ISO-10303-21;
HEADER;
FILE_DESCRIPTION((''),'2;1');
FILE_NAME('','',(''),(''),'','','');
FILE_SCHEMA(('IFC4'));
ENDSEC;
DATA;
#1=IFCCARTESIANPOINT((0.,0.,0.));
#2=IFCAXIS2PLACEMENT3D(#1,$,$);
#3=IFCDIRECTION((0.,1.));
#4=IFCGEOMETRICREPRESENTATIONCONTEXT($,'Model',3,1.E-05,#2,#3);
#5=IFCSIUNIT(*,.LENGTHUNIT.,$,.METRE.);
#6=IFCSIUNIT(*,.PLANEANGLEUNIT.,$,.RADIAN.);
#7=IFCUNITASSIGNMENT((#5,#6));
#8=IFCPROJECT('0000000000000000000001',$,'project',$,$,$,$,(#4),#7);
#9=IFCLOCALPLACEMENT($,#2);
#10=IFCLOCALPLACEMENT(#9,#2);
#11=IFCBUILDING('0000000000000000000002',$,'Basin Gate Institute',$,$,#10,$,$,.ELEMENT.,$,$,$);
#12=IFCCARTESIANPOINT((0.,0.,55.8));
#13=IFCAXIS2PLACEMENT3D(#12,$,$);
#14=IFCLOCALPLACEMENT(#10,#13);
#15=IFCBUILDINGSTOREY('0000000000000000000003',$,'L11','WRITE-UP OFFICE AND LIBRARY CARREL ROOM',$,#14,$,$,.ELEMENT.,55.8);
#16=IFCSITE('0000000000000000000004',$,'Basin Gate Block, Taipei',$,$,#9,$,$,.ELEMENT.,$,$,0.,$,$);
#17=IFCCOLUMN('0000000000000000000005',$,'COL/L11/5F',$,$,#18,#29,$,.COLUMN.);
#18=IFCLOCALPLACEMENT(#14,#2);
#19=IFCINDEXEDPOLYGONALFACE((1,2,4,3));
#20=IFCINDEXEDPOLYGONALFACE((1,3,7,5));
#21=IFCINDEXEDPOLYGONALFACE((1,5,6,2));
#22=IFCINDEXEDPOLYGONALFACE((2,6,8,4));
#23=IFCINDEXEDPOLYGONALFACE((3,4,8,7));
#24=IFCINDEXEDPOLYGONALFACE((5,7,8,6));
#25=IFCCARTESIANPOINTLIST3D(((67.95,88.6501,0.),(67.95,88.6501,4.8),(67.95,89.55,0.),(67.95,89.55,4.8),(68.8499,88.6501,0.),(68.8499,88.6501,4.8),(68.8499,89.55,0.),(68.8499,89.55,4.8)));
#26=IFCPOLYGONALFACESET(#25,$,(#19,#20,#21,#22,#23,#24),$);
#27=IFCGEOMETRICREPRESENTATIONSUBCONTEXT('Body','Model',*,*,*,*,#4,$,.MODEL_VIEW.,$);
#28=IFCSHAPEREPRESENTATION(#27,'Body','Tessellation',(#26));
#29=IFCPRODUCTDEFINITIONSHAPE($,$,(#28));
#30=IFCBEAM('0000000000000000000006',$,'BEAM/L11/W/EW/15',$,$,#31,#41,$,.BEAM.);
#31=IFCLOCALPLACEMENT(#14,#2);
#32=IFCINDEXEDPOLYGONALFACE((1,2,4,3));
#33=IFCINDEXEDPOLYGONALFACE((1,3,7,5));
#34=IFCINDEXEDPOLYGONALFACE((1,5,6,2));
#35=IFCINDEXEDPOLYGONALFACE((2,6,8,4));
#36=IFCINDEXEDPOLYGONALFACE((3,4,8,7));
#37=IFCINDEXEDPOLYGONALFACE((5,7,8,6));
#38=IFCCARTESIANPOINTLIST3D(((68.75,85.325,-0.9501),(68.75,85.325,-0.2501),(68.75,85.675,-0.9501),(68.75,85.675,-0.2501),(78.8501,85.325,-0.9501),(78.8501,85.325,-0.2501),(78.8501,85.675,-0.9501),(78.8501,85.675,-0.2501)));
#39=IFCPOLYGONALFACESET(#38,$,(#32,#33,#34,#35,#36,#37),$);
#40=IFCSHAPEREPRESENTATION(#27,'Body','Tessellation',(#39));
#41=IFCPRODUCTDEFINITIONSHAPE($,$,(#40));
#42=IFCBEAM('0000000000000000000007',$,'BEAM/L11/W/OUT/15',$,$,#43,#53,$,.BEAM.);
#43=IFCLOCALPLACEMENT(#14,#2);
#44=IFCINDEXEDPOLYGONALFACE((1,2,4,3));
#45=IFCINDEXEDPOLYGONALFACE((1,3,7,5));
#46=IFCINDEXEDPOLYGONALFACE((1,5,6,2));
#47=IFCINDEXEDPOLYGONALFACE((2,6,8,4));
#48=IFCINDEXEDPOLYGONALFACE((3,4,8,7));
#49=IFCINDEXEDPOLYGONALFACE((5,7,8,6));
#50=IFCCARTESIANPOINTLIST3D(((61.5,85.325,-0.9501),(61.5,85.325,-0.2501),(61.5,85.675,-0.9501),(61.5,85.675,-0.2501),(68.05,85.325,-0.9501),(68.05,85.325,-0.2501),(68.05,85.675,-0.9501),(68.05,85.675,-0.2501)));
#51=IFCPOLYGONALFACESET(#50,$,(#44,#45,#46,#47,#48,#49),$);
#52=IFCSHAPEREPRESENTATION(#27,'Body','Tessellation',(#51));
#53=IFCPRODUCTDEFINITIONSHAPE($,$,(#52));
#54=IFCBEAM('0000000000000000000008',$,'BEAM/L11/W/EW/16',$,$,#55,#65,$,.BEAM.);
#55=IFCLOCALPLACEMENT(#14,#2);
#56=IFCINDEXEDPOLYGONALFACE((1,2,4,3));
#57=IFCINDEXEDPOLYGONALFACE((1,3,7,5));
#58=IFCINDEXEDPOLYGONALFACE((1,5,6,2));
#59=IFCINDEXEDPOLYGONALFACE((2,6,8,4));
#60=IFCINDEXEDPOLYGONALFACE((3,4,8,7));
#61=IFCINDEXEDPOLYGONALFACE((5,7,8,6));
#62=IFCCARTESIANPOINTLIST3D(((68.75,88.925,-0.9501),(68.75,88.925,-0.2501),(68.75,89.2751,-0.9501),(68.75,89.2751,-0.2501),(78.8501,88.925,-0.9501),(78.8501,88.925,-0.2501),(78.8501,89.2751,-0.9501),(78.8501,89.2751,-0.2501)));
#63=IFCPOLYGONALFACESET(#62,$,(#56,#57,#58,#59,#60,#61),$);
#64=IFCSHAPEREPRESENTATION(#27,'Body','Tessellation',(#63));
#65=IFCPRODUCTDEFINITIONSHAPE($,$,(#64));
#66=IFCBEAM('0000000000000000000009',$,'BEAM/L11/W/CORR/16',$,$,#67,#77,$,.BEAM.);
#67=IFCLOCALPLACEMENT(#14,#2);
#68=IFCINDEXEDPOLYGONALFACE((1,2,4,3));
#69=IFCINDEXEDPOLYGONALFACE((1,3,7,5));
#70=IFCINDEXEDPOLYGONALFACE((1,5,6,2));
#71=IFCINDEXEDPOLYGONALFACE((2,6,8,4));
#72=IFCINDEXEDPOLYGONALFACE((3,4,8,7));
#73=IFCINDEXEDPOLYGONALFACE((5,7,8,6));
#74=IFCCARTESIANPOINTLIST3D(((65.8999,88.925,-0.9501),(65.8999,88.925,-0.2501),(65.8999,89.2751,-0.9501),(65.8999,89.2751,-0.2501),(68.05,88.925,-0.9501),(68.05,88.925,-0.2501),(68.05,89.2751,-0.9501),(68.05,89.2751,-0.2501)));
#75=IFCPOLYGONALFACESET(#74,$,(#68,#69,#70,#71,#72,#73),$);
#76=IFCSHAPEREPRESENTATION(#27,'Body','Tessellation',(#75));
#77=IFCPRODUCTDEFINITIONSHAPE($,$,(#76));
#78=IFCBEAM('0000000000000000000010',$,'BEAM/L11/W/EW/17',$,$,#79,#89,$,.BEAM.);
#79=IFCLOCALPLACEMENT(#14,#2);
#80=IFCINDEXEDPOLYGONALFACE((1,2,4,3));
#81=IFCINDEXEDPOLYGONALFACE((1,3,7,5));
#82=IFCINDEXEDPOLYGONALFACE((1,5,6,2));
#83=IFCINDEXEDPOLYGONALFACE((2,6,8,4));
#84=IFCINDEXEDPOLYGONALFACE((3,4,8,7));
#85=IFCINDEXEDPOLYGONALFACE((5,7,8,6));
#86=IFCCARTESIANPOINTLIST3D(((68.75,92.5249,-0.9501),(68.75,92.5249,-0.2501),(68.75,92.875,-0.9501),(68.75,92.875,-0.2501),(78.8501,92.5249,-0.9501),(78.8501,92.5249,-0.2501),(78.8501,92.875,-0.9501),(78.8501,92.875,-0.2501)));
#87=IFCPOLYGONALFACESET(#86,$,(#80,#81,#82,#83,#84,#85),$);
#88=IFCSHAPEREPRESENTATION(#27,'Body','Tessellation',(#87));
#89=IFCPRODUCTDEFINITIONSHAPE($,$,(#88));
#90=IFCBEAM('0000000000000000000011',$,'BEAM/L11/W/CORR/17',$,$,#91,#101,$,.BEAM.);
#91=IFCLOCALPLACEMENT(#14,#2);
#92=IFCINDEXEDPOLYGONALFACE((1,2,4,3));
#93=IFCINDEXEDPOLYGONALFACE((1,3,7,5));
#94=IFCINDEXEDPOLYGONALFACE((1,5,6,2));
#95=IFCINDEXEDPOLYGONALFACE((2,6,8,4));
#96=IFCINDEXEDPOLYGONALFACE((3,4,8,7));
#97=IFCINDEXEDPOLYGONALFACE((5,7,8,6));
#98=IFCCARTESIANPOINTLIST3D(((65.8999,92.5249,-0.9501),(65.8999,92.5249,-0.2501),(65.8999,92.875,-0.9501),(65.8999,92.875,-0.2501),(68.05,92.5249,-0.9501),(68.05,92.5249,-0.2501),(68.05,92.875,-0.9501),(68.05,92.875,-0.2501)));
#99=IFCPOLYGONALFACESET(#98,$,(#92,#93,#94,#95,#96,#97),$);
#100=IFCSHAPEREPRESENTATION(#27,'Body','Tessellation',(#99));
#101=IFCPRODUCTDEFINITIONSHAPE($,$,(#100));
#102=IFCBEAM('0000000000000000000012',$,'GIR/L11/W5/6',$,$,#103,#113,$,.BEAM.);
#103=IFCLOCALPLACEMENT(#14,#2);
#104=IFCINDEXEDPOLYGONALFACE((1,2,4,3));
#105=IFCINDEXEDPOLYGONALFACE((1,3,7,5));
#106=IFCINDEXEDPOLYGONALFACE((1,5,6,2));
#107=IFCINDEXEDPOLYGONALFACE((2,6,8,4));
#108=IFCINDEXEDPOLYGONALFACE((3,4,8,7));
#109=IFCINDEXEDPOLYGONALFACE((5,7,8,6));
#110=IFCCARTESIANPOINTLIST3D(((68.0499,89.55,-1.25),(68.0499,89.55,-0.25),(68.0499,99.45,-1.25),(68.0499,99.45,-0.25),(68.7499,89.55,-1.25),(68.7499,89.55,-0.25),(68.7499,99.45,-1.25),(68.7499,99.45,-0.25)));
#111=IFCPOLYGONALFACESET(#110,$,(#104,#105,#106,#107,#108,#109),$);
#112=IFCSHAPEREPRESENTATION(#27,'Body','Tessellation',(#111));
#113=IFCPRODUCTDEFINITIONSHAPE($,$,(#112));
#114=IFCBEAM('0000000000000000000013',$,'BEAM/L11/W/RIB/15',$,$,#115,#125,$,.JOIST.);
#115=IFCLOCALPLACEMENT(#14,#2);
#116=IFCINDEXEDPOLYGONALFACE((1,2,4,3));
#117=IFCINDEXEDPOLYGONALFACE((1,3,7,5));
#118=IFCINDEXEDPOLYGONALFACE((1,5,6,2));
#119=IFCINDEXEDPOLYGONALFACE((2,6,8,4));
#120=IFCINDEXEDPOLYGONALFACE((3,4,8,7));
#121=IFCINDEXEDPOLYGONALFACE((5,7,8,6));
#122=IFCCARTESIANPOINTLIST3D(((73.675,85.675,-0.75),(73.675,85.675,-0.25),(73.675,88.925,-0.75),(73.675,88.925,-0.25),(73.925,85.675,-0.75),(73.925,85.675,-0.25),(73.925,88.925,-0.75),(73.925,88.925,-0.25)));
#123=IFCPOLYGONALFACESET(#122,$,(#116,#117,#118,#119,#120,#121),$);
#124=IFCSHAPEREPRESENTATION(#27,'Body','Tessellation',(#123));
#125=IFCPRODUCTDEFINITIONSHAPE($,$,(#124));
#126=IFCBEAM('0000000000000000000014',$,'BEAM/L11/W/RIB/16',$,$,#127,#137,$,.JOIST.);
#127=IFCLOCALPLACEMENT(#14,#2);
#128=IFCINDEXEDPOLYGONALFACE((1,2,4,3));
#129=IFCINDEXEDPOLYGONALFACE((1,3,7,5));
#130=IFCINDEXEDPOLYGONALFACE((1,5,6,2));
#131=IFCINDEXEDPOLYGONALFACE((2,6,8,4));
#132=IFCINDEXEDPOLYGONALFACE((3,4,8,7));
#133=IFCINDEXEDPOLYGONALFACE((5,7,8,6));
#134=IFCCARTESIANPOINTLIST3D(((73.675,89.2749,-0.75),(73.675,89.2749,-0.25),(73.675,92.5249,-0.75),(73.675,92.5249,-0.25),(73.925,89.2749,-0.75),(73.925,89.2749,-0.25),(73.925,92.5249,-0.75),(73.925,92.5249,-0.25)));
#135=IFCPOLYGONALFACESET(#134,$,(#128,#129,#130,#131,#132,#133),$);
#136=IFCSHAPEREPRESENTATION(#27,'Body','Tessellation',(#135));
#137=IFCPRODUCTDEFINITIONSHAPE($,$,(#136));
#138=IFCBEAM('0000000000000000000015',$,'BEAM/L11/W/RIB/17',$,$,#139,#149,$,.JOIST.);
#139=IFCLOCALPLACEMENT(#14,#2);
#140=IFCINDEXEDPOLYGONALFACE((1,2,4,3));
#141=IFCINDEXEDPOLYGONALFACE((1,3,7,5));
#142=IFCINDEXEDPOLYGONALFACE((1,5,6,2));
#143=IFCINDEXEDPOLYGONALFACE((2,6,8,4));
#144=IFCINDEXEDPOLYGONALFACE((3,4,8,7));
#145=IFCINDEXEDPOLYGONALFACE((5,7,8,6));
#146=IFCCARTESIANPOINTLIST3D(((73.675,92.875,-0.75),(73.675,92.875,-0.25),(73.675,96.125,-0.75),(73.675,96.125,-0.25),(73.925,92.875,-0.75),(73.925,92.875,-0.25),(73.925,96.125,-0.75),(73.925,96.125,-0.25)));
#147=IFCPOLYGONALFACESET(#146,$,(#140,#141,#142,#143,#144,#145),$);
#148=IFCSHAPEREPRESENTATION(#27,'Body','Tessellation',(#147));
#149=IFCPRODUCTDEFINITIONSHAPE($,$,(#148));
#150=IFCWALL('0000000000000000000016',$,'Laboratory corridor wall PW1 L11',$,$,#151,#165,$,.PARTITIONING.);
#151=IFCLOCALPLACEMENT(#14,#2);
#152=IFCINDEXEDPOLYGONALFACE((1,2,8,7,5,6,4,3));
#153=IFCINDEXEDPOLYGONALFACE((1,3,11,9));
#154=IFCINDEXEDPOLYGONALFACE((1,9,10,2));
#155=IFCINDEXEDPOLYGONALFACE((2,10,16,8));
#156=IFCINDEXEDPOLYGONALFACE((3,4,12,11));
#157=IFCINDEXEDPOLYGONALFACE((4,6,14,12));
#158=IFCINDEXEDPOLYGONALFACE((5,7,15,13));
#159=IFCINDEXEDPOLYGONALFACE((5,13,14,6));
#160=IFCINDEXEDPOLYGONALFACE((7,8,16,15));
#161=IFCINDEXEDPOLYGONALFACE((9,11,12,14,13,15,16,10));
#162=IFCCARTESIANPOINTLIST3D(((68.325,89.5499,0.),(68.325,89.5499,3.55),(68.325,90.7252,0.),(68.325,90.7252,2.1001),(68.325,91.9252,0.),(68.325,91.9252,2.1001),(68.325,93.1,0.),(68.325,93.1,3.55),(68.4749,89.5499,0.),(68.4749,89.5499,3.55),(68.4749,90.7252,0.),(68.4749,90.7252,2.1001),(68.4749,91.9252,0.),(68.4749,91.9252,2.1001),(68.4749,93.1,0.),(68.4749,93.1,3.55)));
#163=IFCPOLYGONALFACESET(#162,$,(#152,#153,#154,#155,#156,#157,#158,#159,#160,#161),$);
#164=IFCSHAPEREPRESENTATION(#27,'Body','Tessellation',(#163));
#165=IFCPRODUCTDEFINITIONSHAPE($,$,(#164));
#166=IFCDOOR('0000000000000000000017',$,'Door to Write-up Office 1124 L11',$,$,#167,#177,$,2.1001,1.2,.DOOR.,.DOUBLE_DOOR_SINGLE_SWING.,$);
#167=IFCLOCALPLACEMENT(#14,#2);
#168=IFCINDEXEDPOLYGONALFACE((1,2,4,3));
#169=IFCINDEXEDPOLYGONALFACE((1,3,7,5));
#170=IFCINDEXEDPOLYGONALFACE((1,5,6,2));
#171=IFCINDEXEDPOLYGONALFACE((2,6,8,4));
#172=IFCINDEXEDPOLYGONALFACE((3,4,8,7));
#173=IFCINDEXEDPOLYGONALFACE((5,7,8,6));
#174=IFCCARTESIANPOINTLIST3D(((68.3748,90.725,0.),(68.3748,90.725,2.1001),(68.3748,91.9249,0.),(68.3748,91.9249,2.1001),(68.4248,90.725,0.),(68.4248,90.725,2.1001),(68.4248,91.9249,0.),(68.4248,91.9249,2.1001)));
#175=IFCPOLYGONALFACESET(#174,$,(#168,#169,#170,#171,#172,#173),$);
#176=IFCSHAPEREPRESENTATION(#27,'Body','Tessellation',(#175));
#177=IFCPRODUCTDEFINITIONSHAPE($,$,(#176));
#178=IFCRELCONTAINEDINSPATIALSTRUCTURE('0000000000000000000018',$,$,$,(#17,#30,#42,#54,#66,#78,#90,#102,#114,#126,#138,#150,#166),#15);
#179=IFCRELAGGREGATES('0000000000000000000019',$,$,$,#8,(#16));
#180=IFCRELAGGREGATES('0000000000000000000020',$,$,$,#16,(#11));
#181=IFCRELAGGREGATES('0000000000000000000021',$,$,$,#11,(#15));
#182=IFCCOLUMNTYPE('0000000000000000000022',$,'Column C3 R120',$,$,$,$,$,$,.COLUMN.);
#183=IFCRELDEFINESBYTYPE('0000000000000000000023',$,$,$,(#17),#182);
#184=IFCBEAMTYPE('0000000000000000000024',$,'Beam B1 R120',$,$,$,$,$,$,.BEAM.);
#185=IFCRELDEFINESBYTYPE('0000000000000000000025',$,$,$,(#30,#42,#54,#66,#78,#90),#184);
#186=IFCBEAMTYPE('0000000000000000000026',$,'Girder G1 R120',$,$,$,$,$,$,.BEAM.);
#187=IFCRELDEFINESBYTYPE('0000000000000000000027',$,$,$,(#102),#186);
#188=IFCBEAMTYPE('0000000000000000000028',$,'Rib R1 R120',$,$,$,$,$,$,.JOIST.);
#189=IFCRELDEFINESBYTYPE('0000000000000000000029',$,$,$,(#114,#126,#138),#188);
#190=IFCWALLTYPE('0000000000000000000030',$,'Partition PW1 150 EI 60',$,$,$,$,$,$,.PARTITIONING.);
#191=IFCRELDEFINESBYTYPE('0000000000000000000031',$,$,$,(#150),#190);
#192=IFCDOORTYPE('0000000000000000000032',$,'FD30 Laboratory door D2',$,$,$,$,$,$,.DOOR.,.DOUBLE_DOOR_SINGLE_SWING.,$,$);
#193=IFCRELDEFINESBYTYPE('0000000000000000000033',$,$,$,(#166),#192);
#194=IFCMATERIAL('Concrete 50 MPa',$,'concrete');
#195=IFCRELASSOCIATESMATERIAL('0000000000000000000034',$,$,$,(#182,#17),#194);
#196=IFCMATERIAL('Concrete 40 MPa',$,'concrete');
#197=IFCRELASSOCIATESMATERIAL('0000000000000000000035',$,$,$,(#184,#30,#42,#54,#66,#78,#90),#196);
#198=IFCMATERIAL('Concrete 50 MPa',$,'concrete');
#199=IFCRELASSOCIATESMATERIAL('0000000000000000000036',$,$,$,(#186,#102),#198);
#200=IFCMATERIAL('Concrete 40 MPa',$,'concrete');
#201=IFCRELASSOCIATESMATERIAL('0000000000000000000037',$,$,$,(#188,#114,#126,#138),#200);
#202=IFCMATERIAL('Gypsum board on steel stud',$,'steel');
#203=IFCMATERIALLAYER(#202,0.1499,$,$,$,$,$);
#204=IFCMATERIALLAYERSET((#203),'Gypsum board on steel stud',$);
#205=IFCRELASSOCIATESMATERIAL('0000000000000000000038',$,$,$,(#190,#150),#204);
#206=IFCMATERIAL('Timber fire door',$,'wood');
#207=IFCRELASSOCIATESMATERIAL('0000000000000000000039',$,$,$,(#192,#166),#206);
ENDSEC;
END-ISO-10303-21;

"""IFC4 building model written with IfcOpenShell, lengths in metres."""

from ifc_helpers import new_model, si_unit, direction, frame, frame_2d, origin, origin_2d, place, context, subcontext, project, spatial, rectangle, extrude, material, layer, layer_set, material_profile, profile_set, type_object, element, fill, save


model = new_model("IFC4")

# Units and contexts
model_context = context("Model", 3, precision=1e-05, world=origin(), true_north=direction((0.0, 1.0)))
body_context = subcontext(model_context, "Body", "Model", "MODEL_VIEW")
ifc_project = project(units=[si_unit("LENGTHUNIT", "METRE"), si_unit("PLANEANGLEUNIT", "RADIAN")], contexts=[model_context])

# Site, building, storey
site_placement = place(None, origin())
site = spatial("IfcSite", under=ifc_project, at=site_placement, Name="Basin Gate Block, Taipei", CompositionType="ELEMENT", RefElevation=0.0)
building_placement = place(site_placement, origin())
building = spatial("IfcBuilding", under=site, at=building_placement, Name="Basin Gate Institute", CompositionType="ELEMENT")
storey_placement = place(building_placement, frame((0.0, 0.0, 55.8)))
storey = spatial("IfcBuildingStorey", under=building, at=storey_placement, Name="L11", Description="WRITE-UP OFFICE AND LIBRARY CARREL ROOM", CompositionType="ELEMENT", Elevation=55.8)

# Column
ifc_material_1 = material(Name="Concrete 50 MPa", Category="concrete")
ifc_material_profile_1 = material_profile(ifc_material_1, rectangle(XDim=0.8999, YDim=0.8999, at=origin_2d()), Name="Column C3 900 x 900")
ifc_profile_set_1 = profile_set([ifc_material_profile_1], Name="Concrete 50 MPa")
column_type = type_object("IfcColumnType", Name="Column C3 R120", PredefinedType="COLUMN", material=ifc_profile_set_1)
column_placement = place(storey_placement, frame((68.3999, 89.1001, 0.0), z_axis=(0.0, 0.0, 1.0), x_axis=(1.0, 0.0, 0.0)))
element("IfcColumn", 1, at=column_placement, inside=storey, type_object=column_type, material=ifc_profile_set_1, Name="COL/L11/5F", PredefinedType="COLUMN", context=body_context, shape_type="SweptSolid", body=[
    extrude(rectangle(XDim=0.8999, YDim=0.8999, at=origin_2d()), origin(), (0.0, 0.0, 1.0), 4.8),
])

# Beams
ifc_material_2 = material(Name="Concrete 40 MPa", Category="concrete")
ifc_material_profile_2 = material_profile(ifc_material_2, rectangle(XDim=0.3501, YDim=0.7, at=origin_2d()), Name="Beam B1 350 x 700")
ifc_profile_set_2 = profile_set([ifc_material_profile_2], Name="Concrete 40 MPa")
beam_type_1 = type_object("IfcBeamType", Name="Beam B1 R120", PredefinedType="BEAM", material=ifc_profile_set_2)
beam_1_placement = place(storey_placement, frame((68.75, 85.5, -0.6001), z_axis=(1.0, 0.0, 0.0), x_axis=(0.0, 1.0, 0.0)))
element("IfcBeam", 2, at=beam_1_placement, inside=storey, type_object=beam_type_1, material=ifc_profile_set_2, Name="BEAM/L11/W/EW/15", PredefinedType="BEAM", context=body_context, shape_type="SweptSolid", body=[
    extrude(rectangle(XDim=0.3501, YDim=0.7, at=origin_2d()), origin(), (0.0, 0.0, 1.0), 10.1001),
])
beam_2_placement = place(storey_placement, frame((61.5, 85.5, -0.6001), z_axis=(1.0, 0.0, 0.0), x_axis=(0.0, 1.0, 0.0)))
element("IfcBeam", 3, at=beam_2_placement, inside=storey, type_object=beam_type_1, material=ifc_profile_set_2, Name="BEAM/L11/W/OUT/15", PredefinedType="BEAM", context=body_context, shape_type="SweptSolid", body=[
    extrude(rectangle(XDim=0.3501, YDim=0.7, at=origin_2d()), origin(), (0.0, 0.0, 1.0), 6.55),
])
beam_3_placement = place(storey_placement, frame((68.75, 89.1001, -0.6001), z_axis=(1.0, 0.0, 0.0), x_axis=(0.0, 1.0, 0.0)))
element("IfcBeam", 4, at=beam_3_placement, inside=storey, type_object=beam_type_1, material=ifc_profile_set_2, Name="BEAM/L11/W/EW/16", PredefinedType="BEAM", context=body_context, shape_type="SweptSolid", body=[
    extrude(rectangle(XDim=0.3501, YDim=0.7, at=origin_2d()), origin(), (0.0, 0.0, 1.0), 10.1001),
])
beam_4_placement = place(storey_placement, frame((65.8999, 89.1001, -0.6001), z_axis=(1.0, 0.0, 0.0), x_axis=(0.0, 1.0, 0.0)))
element("IfcBeam", 5, at=beam_4_placement, inside=storey, type_object=beam_type_1, material=ifc_profile_set_2, Name="BEAM/L11/W/CORR/16", PredefinedType="BEAM", context=body_context, shape_type="SweptSolid", body=[
    extrude(rectangle(XDim=0.3501, YDim=0.7, at=origin_2d()), origin(), (0.0, 0.0, 1.0), 2.1501),
])
beam_5_placement = place(storey_placement, frame((68.75, 92.7, -0.6001), z_axis=(1.0, 0.0, 0.0), x_axis=(0.0, 1.0, 0.0)))
element("IfcBeam", 6, at=beam_5_placement, inside=storey, type_object=beam_type_1, material=ifc_profile_set_2, Name="BEAM/L11/W/EW/17", PredefinedType="BEAM", context=body_context, shape_type="SweptSolid", body=[
    extrude(rectangle(XDim=0.3501, YDim=0.7, at=origin_2d()), origin(), (0.0, 0.0, 1.0), 10.1001),
])
beam_6_placement = place(storey_placement, frame((65.8999, 92.7, -0.6001), z_axis=(1.0, 0.0, 0.0), x_axis=(0.0, 1.0, 0.0)))
element("IfcBeam", 7, at=beam_6_placement, inside=storey, type_object=beam_type_1, material=ifc_profile_set_2, Name="BEAM/L11/W/CORR/17", PredefinedType="BEAM", context=body_context, shape_type="SweptSolid", body=[
    extrude(rectangle(XDim=0.3501, YDim=0.7, at=origin_2d()), origin(), (0.0, 0.0, 1.0), 2.1501),
])
ifc_material_3 = material(Name="Concrete 50 MPa", Category="concrete")
ifc_material_profile_3 = material_profile(ifc_material_3, rectangle(XDim=0.7, YDim=1.0, at=origin_2d()), Name="Girder G1 700 x 1000")
ifc_profile_set_3 = profile_set([ifc_material_profile_3], Name="Concrete 50 MPa")
beam_type_2 = type_object("IfcBeamType", Name="Girder G1 R120", PredefinedType="BEAM", material=ifc_profile_set_3)
beam_7_placement = place(storey_placement, frame((68.3999, 89.55, -0.75), z_axis=(0.0, 1.0, 0.0), x_axis=(-1.0, 0.0, 0.0)))
element("IfcBeam", 8, at=beam_7_placement, inside=storey, type_object=beam_type_2, material=ifc_profile_set_3, Name="GIR/L11/W5/6", PredefinedType="BEAM", context=body_context, shape_type="SweptSolid", body=[
    extrude(rectangle(XDim=0.7, YDim=1.0, at=origin_2d()), origin(), (0.0, 0.0, 1.0), 9.8999),
])
ifc_material_4 = material(Name="Concrete 40 MPa", Category="concrete")
ifc_material_profile_4 = material_profile(ifc_material_4, rectangle(XDim=0.25, YDim=0.5, at=origin_2d()), Name="Rib R1 250 x 500")
ifc_profile_set_4 = profile_set([ifc_material_profile_4], Name="Concrete 40 MPa")
beam_type_3 = type_object("IfcBeamType", Name="Rib R1 R120", PredefinedType="JOIST", material=ifc_profile_set_4)
for number, where, z_axis, x_axis, name in (
    (9, (73.8, 85.675, -0.5), (0.0, 1.0, 0.0), (-1.0, 0.0, 0.0), "BEAM/L11/W/RIB/15"),
    (10, (73.8, 89.2749, -0.5), (0.0, 1.0, 0.0), (-1.0, 0.0, 0.0), "BEAM/L11/W/RIB/16"),
    (11, (73.8, 92.875, -0.5), (0.0, 1.0, 0.0), (-1.0, 0.0, 0.0), "BEAM/L11/W/RIB/17"),
):
    element("IfcBeam", number, at=place(storey_placement, frame(where, z_axis=z_axis, x_axis=x_axis)), inside=storey, type_object=beam_type_3, material=ifc_profile_set_4, Name=name, PredefinedType="JOIST", context=body_context, shape_type="SweptSolid", body=[
        extrude(rectangle(XDim=0.25, YDim=0.5, at=origin_2d()), origin(), (0.0, 0.0, 1.0), 3.25),
    ])

# Wall, opening, door
ifc_material_5 = material(Name="Gypsum board on steel stud", Category="steel")
ifc_layer_1 = layer(ifc_material_5, 0.1499)
ifc_layer_set_1 = layer_set([ifc_layer_1], Name="Gypsum board on steel stud")
wall_type_1 = type_object("IfcWallType", Name="Partition PW1 150 EI 60", PredefinedType="PARTITIONING", material=ifc_layer_set_1)
wall_1_placement = place(storey_placement, frame((68.3999, 89.55, 0.0), z_axis=(0.0, 0.0, 1.0), x_axis=(0.0, 1.0, 0.0)))
wall_1 = element("IfcWall", 12, at=wall_1_placement, inside=storey, type_object=wall_type_1, material=ifc_layer_set_1, Name="Laboratory corridor wall PW1 L11", PredefinedType="PARTITIONING", context=body_context, shape_type="SweptSolid", body=[
    extrude(rectangle(XDim=3.55, YDim=0.1499, at=frame_2d((1.7749, 0.0))), origin(), (0.0, 0.0, 1.0), 3.55),
])
opening_1_placement = place(wall_1_placement, frame((1.175, 0.0, 0.0)))
opening_1 = element("IfcOpeningElement", 13, at=opening_1_placement, cuts=wall_1, PredefinedType="OPENING", context=body_context, shape_type="SweptSolid", body=[
    extrude(rectangle(XDim=1.2, YDim=2.1001, at=frame_2d((0.6001, 1.05))), frame((0.0, 0.085, 0.0), z_axis=(0.0, -1.0, 0.0), x_axis=(1.0, 0.0, 0.0)), (0.0, 0.0, 1.0), 0.1699),
])
ifc_material_6 = material(Name="Timber fire door", Category="wood")
door_type_1 = type_object("IfcDoorType", Name="FD30 Laboratory door D2", OperationType="DOUBLE_DOOR_SINGLE_SWING", PredefinedType="DOOR", material=ifc_material_6)
door_1_placement = place(opening_1_placement, frame((1.2, 0.0, 0.0), z_axis=(0.0, 0.0, 1.0), x_axis=(-1.0, 0.0, 0.0)))
door_1 = element("IfcDoor", 14, at=door_1_placement, inside=storey, type_object=door_type_1, material=ifc_material_6, Name="Door to Write-up Office 1124 L11", OperationType="DOUBLE_DOOR_SINGLE_SWING", OverallHeight=2.1001, OverallWidth=1.2, PredefinedType="DOOR", context=body_context, shape_type="SweptSolid", body=[
    extrude(rectangle(XDim=1.2, YDim=2.1001, at=frame_2d((0.6001, 1.05))), frame((0.0, 0.0249, 0.0), z_axis=(0.0, -1.0, 0.0), x_axis=(1.0, 0.0, 0.0)), (0.0, 0.0, 1.0), 0.05),
])
fill(opening_1, door_1)

save(model, "model.ifc")
